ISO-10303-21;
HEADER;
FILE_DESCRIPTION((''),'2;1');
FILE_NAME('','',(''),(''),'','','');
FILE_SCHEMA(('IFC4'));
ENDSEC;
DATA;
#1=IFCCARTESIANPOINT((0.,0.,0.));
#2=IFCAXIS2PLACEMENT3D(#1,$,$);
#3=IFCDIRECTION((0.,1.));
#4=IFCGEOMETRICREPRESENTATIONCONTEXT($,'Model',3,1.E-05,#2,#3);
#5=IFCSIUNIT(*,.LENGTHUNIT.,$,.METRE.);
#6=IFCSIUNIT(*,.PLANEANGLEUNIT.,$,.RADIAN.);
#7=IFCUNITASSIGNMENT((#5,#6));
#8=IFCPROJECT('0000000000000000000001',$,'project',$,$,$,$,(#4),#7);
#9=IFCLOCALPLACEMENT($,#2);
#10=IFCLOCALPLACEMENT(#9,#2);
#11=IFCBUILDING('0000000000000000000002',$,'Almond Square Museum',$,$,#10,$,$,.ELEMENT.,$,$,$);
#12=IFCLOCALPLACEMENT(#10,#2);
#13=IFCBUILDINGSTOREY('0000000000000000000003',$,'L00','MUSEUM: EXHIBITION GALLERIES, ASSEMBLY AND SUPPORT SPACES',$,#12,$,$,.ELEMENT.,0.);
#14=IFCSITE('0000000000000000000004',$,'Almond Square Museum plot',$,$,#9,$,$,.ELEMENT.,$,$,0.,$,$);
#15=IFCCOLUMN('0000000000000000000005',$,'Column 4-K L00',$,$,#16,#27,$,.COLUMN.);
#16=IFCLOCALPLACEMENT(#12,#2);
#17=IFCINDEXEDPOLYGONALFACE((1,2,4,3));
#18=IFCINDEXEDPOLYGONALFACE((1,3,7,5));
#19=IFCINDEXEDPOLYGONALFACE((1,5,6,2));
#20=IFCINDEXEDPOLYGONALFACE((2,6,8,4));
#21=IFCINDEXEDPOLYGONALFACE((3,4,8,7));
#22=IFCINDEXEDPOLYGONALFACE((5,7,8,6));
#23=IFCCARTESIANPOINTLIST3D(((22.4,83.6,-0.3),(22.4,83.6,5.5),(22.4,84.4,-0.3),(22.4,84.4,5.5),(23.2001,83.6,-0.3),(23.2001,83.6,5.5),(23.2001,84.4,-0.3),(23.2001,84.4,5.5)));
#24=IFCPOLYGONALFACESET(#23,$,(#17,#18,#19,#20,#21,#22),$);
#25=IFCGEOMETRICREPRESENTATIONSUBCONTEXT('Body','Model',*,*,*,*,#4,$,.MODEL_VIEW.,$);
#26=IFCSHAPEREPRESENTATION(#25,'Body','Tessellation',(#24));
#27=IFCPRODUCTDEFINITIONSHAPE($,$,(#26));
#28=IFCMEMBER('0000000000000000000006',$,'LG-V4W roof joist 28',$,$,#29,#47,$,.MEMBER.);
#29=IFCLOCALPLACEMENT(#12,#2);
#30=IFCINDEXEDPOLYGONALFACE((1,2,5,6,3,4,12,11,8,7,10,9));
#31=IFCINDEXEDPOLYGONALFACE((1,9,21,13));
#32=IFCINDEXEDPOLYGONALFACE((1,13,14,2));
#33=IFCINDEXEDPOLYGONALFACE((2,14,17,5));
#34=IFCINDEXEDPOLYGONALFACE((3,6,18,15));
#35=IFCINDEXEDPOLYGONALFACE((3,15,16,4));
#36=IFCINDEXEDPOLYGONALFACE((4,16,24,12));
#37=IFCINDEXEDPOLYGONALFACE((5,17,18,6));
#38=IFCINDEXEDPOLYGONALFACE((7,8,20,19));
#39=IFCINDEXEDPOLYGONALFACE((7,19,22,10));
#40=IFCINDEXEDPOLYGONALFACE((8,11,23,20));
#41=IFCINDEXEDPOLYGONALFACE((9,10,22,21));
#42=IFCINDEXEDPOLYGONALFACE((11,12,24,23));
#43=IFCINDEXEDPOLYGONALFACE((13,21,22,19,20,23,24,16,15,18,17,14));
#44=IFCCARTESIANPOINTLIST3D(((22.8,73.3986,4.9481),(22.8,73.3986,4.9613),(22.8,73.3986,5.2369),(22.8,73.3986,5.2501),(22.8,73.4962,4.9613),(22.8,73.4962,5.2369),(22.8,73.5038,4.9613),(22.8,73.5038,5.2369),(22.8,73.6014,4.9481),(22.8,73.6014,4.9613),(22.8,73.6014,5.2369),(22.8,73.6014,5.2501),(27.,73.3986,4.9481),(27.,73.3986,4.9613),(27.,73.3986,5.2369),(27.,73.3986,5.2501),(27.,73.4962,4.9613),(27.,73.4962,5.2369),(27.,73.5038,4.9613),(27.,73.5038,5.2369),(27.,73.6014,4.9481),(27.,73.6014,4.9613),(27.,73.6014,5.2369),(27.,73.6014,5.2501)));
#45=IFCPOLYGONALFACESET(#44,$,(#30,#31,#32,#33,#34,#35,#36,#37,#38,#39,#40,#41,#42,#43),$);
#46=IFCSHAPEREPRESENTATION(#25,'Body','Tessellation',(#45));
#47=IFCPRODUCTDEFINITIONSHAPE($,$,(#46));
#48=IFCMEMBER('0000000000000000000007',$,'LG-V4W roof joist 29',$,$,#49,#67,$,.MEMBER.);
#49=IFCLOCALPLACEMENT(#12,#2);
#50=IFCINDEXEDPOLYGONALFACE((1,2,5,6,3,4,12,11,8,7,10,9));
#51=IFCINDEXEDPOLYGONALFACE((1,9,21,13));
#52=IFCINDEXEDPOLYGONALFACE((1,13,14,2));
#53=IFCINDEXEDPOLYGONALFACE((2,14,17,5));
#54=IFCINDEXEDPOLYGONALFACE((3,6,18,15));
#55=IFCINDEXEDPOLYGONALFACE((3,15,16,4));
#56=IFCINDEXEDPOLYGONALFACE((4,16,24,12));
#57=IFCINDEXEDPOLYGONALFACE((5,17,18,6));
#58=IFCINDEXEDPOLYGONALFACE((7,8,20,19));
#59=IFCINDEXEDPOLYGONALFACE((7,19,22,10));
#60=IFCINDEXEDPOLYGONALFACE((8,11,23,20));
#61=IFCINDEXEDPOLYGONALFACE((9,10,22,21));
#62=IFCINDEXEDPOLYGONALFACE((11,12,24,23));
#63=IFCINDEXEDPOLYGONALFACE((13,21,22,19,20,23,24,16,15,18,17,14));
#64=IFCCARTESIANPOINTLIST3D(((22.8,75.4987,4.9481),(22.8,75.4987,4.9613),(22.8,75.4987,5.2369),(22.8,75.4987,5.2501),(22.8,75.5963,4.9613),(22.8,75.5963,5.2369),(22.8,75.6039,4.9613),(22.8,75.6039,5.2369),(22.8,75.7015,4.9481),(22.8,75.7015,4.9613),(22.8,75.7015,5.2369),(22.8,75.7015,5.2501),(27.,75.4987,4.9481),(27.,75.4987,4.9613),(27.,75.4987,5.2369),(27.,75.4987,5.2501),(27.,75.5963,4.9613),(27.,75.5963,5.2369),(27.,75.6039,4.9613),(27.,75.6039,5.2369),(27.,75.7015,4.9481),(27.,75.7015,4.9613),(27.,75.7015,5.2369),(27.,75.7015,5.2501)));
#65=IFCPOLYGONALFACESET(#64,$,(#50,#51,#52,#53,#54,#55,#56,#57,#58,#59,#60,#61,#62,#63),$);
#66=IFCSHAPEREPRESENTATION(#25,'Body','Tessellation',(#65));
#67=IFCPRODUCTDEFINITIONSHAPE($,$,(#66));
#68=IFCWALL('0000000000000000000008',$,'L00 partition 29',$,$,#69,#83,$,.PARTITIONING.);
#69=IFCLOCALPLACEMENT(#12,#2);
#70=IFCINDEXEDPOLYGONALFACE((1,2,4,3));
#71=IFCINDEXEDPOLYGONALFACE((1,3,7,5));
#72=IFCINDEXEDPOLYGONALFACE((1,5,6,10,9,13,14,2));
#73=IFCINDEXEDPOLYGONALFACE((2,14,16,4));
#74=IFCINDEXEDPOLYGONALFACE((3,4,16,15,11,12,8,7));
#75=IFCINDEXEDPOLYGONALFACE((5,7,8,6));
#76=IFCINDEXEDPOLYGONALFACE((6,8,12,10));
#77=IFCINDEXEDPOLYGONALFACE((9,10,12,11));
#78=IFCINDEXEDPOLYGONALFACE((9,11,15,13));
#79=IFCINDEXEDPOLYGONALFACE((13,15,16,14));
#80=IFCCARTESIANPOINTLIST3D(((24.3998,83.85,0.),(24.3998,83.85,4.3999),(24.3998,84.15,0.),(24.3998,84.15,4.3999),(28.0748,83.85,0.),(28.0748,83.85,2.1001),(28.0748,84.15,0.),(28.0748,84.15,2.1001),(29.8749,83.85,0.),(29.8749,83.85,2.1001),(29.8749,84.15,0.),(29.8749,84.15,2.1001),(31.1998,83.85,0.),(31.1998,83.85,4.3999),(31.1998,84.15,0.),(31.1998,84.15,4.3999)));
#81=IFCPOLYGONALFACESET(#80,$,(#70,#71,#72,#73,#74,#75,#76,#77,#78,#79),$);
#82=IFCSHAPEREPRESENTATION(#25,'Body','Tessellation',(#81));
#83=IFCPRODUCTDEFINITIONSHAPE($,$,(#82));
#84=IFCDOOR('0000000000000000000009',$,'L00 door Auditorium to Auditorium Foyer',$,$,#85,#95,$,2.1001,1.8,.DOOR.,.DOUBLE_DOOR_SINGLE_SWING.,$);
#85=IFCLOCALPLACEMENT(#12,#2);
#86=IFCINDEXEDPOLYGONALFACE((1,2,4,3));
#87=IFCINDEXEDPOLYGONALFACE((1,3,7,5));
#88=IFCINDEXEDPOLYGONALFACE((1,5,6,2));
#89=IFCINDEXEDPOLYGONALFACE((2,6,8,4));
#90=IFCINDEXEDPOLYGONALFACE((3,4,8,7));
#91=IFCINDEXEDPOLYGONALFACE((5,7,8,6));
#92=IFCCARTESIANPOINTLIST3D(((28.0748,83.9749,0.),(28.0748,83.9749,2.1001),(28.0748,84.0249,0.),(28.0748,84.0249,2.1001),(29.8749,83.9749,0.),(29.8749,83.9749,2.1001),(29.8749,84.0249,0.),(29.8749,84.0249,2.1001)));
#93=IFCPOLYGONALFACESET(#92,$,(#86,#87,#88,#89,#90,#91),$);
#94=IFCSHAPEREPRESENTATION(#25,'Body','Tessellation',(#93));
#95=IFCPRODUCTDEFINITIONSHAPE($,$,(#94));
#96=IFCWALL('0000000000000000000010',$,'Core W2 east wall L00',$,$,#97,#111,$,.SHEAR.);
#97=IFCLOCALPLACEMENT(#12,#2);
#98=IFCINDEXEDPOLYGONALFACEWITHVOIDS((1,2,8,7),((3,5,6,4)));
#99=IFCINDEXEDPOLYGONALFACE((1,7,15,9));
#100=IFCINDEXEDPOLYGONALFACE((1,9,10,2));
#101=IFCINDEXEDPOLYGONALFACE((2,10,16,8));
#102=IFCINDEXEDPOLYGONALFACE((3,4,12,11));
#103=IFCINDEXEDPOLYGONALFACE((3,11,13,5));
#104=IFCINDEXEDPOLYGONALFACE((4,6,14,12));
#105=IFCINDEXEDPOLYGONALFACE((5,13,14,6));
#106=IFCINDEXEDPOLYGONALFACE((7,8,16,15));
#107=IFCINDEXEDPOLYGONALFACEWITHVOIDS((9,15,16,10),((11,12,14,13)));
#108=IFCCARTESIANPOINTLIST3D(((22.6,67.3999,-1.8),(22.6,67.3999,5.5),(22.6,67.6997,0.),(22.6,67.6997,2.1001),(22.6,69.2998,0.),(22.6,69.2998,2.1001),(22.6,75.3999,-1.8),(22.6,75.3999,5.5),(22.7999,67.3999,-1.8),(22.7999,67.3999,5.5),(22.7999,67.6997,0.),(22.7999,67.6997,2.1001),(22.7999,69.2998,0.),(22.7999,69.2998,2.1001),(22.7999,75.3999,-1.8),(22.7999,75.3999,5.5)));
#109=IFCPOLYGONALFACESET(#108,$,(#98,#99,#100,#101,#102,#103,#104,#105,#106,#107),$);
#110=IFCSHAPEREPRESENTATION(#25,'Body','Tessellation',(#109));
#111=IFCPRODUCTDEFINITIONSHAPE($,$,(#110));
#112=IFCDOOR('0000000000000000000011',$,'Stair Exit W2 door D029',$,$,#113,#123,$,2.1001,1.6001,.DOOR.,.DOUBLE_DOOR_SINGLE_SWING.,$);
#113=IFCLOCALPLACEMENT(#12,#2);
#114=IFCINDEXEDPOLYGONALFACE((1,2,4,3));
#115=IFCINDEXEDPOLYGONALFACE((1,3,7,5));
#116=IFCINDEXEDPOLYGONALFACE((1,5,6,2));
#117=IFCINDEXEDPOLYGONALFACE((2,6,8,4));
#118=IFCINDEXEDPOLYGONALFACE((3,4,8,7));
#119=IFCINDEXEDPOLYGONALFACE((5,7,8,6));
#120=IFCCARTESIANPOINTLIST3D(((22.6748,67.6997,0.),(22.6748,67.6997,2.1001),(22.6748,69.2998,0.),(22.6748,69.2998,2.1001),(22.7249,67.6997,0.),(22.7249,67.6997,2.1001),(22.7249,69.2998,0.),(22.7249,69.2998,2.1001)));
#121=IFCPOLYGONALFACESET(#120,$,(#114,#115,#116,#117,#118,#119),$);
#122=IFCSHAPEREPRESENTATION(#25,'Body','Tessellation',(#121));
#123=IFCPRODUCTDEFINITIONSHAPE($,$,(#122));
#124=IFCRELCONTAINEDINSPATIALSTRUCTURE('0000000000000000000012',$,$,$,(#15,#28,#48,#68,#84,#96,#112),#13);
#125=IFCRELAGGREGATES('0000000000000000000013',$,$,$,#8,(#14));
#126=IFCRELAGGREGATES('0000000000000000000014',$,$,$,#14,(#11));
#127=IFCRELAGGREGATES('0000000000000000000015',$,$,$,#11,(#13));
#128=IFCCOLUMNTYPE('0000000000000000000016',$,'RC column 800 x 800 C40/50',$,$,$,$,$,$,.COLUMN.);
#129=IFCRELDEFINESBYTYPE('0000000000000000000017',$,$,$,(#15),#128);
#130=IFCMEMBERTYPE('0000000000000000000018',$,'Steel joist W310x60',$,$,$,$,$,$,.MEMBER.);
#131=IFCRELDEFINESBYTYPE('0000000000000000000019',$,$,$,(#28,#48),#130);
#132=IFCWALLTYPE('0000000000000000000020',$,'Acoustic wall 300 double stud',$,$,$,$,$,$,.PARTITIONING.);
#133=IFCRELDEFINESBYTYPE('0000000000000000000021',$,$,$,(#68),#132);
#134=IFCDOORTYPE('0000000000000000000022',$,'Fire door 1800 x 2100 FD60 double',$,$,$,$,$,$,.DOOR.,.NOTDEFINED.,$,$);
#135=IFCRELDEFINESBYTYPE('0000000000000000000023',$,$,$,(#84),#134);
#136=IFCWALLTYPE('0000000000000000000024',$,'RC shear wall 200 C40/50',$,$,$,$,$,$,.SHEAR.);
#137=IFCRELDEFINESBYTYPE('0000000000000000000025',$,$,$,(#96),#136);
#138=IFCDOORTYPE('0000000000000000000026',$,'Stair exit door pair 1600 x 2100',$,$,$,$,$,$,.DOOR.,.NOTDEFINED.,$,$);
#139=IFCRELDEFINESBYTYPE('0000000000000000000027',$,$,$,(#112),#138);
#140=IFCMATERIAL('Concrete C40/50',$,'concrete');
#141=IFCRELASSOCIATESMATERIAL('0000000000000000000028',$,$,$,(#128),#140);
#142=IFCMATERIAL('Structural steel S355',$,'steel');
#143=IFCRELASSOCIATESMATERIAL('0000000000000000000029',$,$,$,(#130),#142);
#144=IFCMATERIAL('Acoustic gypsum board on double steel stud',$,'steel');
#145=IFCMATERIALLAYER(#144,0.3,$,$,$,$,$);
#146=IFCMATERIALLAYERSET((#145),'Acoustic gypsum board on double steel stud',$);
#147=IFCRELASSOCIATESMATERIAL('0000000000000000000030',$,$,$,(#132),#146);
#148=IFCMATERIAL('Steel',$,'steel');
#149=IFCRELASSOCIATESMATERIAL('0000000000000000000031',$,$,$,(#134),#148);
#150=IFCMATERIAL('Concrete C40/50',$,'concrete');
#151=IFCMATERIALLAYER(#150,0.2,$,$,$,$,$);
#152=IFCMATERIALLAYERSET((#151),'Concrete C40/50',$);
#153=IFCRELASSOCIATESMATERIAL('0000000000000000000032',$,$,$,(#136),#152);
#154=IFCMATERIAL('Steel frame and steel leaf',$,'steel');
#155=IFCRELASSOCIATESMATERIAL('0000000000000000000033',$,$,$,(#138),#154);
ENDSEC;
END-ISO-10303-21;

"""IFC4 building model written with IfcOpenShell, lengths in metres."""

from ifc_helpers import new_model, si_unit, direction, frame, frame_2d, origin, origin_2d, place, context, subcontext, project, spatial, rectangle, i_section, extrude, material, layer, layer_set, material_profile, profile_set, type_object, element, fill, save


model = new_model("IFC4")

# Units and contexts
model_context = context("Model", 3, precision=1e-05, world=origin(), true_north=direction((0.0, 1.0)))
body_context = subcontext(model_context, "Body", "Model", "MODEL_VIEW")
ifc_project = project(units=[si_unit("LENGTHUNIT", "METRE"), si_unit("PLANEANGLEUNIT", "RADIAN")], contexts=[model_context])

# Site, building, storey
site_placement = place(None, origin())
site = spatial("IfcSite", under=ifc_project, at=site_placement, Name="Almond Square Museum plot", CompositionType="ELEMENT", RefElevation=0.0)
building_placement = place(site_placement, origin())
building = spatial("IfcBuilding", under=site, at=building_placement, Name="Almond Square Museum", CompositionType="ELEMENT")
storey_placement = place(building_placement, origin())
storey = spatial("IfcBuildingStorey", under=building, at=storey_placement, Name="L00", Description="MUSEUM: EXHIBITION GALLERIES, ASSEMBLY AND SUPPORT SPACES", CompositionType="ELEMENT", Elevation=0.0)

# Column
ifc_material_1 = material(Name="Concrete C40/50", Category="concrete")
ifc_material_profile_1 = material_profile(ifc_material_1, rectangle(XDim=0.8, YDim=0.8, at=origin_2d()))
ifc_profile_set_1 = profile_set([ifc_material_profile_1], Name="Concrete C40/50")
column_type = type_object("IfcColumnType", Name="RC column 800 x 800 C40/50", PredefinedType="COLUMN", material=ifc_profile_set_1)
column_placement = place(storey_placement, frame((22.8, 84.0, -0.3), z_axis=(0.0, 0.0, 1.0), x_axis=(1.0, 0.0, 0.0)))
element("IfcColumn", 1, at=column_placement, inside=storey, type_object=column_type, Name="Column 4-K L00", PredefinedType="COLUMN", context=body_context, shape_type="SweptSolid", body=[
    extrude(rectangle(XDim=0.8, YDim=0.8, at=origin_2d()), origin(), (0.0, 0.0, 1.0), 5.8),
])

# Members
ifc_material_2 = material(Name="Structural steel S355", Category="steel")
ifc_material_profile_2 = material_profile(ifc_material_2, i_section(OverallWidth=0.2029, OverallDepth=0.302, WebThickness=0.0076, FlangeThickness=0.0132, at=origin_2d()))
ifc_profile_set_2 = profile_set([ifc_material_profile_2], Name="Structural steel S355")
member_type = type_object("IfcMemberType", Name="Steel joist W310x60", PredefinedType="MEMBER", material=ifc_profile_set_2)
for number, where, z_axis, x_axis, name in (
    (2, (22.8, 73.5, 5.0991), (1.0, 0.0, 0.0), (0.0, 1.0, 0.0), "LG-V4W roof joist 28"),
    (3, (22.8, 75.6001, 5.0991), (1.0, 0.0, 0.0), (0.0, 1.0, 0.0), "LG-V4W roof joist 29"),
):
    element("IfcMember", number, at=place(storey_placement, frame(where, z_axis=z_axis, x_axis=x_axis)), inside=storey, type_object=member_type, Name=name, PredefinedType="MEMBER", context=body_context, shape_type="SweptSolid", body=[
        extrude(i_section(OverallWidth=0.2029, OverallDepth=0.302, WebThickness=0.0076, FlangeThickness=0.0132, at=origin_2d()), origin(), (0.0, 0.0, 1.0), 4.2),
    ])

# Wall, opening, door
ifc_material_3 = material(Name="Acoustic gypsum board on double steel stud", Category="steel")
ifc_layer_1 = layer(ifc_material_3, 0.3)
ifc_layer_set_1 = layer_set([ifc_layer_1], Name="Acoustic gypsum board on double steel stud")
wall_type_1 = type_object("IfcWallType", Name="Acoustic wall 300 double stud", PredefinedType="PARTITIONING", material=ifc_layer_set_1)
wall_1_placement = place(storey_placement, frame((24.3999, 84.0, 0.0), z_axis=(0.0, 0.0, 1.0), x_axis=(1.0, 0.0, 0.0)))
wall_1 = element("IfcWall", 4, at=wall_1_placement, inside=storey, type_object=wall_type_1, Name="L00 partition 29", PredefinedType="PARTITIONING", context=body_context, shape_type="SweptSolid", body=[
    extrude(rectangle(XDim=6.8, YDim=0.3, at=frame_2d((3.3999, 0.0))), origin(), (0.0, 0.0, 1.0), 4.3999),
])
opening_1_placement = place(wall_1_placement, frame((3.675, 0.0, 0.0)))
opening_1 = element("IfcOpeningElement", 5, at=opening_1_placement, cuts=wall_1, PredefinedType="OPENING", context=body_context, shape_type="SweptSolid", body=[
    extrude(rectangle(XDim=1.8, YDim=2.1001, at=frame_2d((0.8999, 1.05))), frame((0.0, 0.1599, 0.0), z_axis=(0.0, -1.0, 0.0), x_axis=(1.0, 0.0, 0.0)), (0.0, 0.0, 1.0), 0.3201),
])
ifc_material_4 = material(Name="Steel", Category="steel")
door_type_1 = type_object("IfcDoorType", Name="Fire door 1800 x 2100 FD60 double", OperationType="NOTDEFINED", PredefinedType="DOOR", material=ifc_material_4)
door_1_placement = place(opening_1_placement, origin())
door_1 = element("IfcDoor", 6, at=door_1_placement, inside=storey, type_object=door_type_1, Name="L00 door Auditorium to Auditorium Foyer", OperationType="DOUBLE_DOOR_SINGLE_SWING", OverallHeight=2.1001, OverallWidth=1.8, PredefinedType="DOOR", context=body_context, shape_type="SweptSolid", body=[
    extrude(rectangle(XDim=1.8, YDim=2.1001, at=frame_2d((0.8999, 1.05))), frame((0.0, 0.0249, 0.0), z_axis=(0.0, -1.0, 0.0), x_axis=(1.0, 0.0, 0.0)), (0.0, 0.0, 1.0), 0.05),
])
fill(opening_1, door_1)

# Wall, opening, door
ifc_material_5 = material(Name="Concrete C40/50", Category="concrete")
ifc_layer_2 = layer(ifc_material_5, 0.2)
ifc_layer_set_2 = layer_set([ifc_layer_2], Name="Concrete C40/50")
wall_type_2 = type_object("IfcWallType", Name="RC shear wall 200 C40/50", PredefinedType="SHEAR", material=ifc_layer_set_2)
wall_2_placement = place(storey_placement, frame((22.7, 75.3999, -1.8), z_axis=(0.0, 0.0, 1.0), x_axis=(0.0, -1.0, 0.0)))
wall_2 = element("IfcWall", 7, at=wall_2_placement, inside=storey, type_object=wall_type_2, Name="Core W2 east wall L00", PredefinedType="SHEAR", context=body_context, shape_type="SweptSolid", body=[
    extrude(rectangle(XDim=8.0, YDim=0.2, at=frame_2d((4.0, 0.0))), origin(), (0.0, 0.0, 1.0), 7.3),
])
opening_2_placement = place(wall_2_placement, frame((6.1001, 0.0, 1.8)))
opening_2 = element("IfcOpeningElement", 8, at=opening_2_placement, cuts=wall_2, PredefinedType="OPENING", context=body_context, shape_type="SweptSolid", body=[
    extrude(rectangle(XDim=1.6001, YDim=2.1001, at=frame_2d((0.8, 1.05))), frame((0.0, 0.1099, 0.0), z_axis=(0.0, -1.0, 0.0), x_axis=(1.0, 0.0, 0.0)), (0.0, 0.0, 1.0), 0.22),
])
ifc_material_6 = material(Name="Steel frame and steel leaf", Category="steel")
door_type_2 = type_object("IfcDoorType", Name="Stair exit door pair 1600 x 2100", OperationType="NOTDEFINED", PredefinedType="DOOR", material=ifc_material_6)
door_2_placement = place(opening_2_placement, origin())
door_2 = element("IfcDoor", 9, at=door_2_placement, inside=storey, type_object=door_type_2, Name="Stair Exit W2 door D029", OperationType="DOUBLE_DOOR_SINGLE_SWING", OverallHeight=2.1001, OverallWidth=1.6001, PredefinedType="DOOR", context=body_context, shape_type="SweptSolid", body=[
    extrude(rectangle(XDim=1.6001, YDim=2.1001, at=frame_2d((0.8, 1.05))), frame((0.0, 0.0249, 0.0), z_axis=(0.0, -1.0, 0.0), x_axis=(1.0, 0.0, 0.0)), (0.0, 0.0, 1.0), 0.05),
])
fill(opening_2, door_2)

save(model, "model.ifc")
